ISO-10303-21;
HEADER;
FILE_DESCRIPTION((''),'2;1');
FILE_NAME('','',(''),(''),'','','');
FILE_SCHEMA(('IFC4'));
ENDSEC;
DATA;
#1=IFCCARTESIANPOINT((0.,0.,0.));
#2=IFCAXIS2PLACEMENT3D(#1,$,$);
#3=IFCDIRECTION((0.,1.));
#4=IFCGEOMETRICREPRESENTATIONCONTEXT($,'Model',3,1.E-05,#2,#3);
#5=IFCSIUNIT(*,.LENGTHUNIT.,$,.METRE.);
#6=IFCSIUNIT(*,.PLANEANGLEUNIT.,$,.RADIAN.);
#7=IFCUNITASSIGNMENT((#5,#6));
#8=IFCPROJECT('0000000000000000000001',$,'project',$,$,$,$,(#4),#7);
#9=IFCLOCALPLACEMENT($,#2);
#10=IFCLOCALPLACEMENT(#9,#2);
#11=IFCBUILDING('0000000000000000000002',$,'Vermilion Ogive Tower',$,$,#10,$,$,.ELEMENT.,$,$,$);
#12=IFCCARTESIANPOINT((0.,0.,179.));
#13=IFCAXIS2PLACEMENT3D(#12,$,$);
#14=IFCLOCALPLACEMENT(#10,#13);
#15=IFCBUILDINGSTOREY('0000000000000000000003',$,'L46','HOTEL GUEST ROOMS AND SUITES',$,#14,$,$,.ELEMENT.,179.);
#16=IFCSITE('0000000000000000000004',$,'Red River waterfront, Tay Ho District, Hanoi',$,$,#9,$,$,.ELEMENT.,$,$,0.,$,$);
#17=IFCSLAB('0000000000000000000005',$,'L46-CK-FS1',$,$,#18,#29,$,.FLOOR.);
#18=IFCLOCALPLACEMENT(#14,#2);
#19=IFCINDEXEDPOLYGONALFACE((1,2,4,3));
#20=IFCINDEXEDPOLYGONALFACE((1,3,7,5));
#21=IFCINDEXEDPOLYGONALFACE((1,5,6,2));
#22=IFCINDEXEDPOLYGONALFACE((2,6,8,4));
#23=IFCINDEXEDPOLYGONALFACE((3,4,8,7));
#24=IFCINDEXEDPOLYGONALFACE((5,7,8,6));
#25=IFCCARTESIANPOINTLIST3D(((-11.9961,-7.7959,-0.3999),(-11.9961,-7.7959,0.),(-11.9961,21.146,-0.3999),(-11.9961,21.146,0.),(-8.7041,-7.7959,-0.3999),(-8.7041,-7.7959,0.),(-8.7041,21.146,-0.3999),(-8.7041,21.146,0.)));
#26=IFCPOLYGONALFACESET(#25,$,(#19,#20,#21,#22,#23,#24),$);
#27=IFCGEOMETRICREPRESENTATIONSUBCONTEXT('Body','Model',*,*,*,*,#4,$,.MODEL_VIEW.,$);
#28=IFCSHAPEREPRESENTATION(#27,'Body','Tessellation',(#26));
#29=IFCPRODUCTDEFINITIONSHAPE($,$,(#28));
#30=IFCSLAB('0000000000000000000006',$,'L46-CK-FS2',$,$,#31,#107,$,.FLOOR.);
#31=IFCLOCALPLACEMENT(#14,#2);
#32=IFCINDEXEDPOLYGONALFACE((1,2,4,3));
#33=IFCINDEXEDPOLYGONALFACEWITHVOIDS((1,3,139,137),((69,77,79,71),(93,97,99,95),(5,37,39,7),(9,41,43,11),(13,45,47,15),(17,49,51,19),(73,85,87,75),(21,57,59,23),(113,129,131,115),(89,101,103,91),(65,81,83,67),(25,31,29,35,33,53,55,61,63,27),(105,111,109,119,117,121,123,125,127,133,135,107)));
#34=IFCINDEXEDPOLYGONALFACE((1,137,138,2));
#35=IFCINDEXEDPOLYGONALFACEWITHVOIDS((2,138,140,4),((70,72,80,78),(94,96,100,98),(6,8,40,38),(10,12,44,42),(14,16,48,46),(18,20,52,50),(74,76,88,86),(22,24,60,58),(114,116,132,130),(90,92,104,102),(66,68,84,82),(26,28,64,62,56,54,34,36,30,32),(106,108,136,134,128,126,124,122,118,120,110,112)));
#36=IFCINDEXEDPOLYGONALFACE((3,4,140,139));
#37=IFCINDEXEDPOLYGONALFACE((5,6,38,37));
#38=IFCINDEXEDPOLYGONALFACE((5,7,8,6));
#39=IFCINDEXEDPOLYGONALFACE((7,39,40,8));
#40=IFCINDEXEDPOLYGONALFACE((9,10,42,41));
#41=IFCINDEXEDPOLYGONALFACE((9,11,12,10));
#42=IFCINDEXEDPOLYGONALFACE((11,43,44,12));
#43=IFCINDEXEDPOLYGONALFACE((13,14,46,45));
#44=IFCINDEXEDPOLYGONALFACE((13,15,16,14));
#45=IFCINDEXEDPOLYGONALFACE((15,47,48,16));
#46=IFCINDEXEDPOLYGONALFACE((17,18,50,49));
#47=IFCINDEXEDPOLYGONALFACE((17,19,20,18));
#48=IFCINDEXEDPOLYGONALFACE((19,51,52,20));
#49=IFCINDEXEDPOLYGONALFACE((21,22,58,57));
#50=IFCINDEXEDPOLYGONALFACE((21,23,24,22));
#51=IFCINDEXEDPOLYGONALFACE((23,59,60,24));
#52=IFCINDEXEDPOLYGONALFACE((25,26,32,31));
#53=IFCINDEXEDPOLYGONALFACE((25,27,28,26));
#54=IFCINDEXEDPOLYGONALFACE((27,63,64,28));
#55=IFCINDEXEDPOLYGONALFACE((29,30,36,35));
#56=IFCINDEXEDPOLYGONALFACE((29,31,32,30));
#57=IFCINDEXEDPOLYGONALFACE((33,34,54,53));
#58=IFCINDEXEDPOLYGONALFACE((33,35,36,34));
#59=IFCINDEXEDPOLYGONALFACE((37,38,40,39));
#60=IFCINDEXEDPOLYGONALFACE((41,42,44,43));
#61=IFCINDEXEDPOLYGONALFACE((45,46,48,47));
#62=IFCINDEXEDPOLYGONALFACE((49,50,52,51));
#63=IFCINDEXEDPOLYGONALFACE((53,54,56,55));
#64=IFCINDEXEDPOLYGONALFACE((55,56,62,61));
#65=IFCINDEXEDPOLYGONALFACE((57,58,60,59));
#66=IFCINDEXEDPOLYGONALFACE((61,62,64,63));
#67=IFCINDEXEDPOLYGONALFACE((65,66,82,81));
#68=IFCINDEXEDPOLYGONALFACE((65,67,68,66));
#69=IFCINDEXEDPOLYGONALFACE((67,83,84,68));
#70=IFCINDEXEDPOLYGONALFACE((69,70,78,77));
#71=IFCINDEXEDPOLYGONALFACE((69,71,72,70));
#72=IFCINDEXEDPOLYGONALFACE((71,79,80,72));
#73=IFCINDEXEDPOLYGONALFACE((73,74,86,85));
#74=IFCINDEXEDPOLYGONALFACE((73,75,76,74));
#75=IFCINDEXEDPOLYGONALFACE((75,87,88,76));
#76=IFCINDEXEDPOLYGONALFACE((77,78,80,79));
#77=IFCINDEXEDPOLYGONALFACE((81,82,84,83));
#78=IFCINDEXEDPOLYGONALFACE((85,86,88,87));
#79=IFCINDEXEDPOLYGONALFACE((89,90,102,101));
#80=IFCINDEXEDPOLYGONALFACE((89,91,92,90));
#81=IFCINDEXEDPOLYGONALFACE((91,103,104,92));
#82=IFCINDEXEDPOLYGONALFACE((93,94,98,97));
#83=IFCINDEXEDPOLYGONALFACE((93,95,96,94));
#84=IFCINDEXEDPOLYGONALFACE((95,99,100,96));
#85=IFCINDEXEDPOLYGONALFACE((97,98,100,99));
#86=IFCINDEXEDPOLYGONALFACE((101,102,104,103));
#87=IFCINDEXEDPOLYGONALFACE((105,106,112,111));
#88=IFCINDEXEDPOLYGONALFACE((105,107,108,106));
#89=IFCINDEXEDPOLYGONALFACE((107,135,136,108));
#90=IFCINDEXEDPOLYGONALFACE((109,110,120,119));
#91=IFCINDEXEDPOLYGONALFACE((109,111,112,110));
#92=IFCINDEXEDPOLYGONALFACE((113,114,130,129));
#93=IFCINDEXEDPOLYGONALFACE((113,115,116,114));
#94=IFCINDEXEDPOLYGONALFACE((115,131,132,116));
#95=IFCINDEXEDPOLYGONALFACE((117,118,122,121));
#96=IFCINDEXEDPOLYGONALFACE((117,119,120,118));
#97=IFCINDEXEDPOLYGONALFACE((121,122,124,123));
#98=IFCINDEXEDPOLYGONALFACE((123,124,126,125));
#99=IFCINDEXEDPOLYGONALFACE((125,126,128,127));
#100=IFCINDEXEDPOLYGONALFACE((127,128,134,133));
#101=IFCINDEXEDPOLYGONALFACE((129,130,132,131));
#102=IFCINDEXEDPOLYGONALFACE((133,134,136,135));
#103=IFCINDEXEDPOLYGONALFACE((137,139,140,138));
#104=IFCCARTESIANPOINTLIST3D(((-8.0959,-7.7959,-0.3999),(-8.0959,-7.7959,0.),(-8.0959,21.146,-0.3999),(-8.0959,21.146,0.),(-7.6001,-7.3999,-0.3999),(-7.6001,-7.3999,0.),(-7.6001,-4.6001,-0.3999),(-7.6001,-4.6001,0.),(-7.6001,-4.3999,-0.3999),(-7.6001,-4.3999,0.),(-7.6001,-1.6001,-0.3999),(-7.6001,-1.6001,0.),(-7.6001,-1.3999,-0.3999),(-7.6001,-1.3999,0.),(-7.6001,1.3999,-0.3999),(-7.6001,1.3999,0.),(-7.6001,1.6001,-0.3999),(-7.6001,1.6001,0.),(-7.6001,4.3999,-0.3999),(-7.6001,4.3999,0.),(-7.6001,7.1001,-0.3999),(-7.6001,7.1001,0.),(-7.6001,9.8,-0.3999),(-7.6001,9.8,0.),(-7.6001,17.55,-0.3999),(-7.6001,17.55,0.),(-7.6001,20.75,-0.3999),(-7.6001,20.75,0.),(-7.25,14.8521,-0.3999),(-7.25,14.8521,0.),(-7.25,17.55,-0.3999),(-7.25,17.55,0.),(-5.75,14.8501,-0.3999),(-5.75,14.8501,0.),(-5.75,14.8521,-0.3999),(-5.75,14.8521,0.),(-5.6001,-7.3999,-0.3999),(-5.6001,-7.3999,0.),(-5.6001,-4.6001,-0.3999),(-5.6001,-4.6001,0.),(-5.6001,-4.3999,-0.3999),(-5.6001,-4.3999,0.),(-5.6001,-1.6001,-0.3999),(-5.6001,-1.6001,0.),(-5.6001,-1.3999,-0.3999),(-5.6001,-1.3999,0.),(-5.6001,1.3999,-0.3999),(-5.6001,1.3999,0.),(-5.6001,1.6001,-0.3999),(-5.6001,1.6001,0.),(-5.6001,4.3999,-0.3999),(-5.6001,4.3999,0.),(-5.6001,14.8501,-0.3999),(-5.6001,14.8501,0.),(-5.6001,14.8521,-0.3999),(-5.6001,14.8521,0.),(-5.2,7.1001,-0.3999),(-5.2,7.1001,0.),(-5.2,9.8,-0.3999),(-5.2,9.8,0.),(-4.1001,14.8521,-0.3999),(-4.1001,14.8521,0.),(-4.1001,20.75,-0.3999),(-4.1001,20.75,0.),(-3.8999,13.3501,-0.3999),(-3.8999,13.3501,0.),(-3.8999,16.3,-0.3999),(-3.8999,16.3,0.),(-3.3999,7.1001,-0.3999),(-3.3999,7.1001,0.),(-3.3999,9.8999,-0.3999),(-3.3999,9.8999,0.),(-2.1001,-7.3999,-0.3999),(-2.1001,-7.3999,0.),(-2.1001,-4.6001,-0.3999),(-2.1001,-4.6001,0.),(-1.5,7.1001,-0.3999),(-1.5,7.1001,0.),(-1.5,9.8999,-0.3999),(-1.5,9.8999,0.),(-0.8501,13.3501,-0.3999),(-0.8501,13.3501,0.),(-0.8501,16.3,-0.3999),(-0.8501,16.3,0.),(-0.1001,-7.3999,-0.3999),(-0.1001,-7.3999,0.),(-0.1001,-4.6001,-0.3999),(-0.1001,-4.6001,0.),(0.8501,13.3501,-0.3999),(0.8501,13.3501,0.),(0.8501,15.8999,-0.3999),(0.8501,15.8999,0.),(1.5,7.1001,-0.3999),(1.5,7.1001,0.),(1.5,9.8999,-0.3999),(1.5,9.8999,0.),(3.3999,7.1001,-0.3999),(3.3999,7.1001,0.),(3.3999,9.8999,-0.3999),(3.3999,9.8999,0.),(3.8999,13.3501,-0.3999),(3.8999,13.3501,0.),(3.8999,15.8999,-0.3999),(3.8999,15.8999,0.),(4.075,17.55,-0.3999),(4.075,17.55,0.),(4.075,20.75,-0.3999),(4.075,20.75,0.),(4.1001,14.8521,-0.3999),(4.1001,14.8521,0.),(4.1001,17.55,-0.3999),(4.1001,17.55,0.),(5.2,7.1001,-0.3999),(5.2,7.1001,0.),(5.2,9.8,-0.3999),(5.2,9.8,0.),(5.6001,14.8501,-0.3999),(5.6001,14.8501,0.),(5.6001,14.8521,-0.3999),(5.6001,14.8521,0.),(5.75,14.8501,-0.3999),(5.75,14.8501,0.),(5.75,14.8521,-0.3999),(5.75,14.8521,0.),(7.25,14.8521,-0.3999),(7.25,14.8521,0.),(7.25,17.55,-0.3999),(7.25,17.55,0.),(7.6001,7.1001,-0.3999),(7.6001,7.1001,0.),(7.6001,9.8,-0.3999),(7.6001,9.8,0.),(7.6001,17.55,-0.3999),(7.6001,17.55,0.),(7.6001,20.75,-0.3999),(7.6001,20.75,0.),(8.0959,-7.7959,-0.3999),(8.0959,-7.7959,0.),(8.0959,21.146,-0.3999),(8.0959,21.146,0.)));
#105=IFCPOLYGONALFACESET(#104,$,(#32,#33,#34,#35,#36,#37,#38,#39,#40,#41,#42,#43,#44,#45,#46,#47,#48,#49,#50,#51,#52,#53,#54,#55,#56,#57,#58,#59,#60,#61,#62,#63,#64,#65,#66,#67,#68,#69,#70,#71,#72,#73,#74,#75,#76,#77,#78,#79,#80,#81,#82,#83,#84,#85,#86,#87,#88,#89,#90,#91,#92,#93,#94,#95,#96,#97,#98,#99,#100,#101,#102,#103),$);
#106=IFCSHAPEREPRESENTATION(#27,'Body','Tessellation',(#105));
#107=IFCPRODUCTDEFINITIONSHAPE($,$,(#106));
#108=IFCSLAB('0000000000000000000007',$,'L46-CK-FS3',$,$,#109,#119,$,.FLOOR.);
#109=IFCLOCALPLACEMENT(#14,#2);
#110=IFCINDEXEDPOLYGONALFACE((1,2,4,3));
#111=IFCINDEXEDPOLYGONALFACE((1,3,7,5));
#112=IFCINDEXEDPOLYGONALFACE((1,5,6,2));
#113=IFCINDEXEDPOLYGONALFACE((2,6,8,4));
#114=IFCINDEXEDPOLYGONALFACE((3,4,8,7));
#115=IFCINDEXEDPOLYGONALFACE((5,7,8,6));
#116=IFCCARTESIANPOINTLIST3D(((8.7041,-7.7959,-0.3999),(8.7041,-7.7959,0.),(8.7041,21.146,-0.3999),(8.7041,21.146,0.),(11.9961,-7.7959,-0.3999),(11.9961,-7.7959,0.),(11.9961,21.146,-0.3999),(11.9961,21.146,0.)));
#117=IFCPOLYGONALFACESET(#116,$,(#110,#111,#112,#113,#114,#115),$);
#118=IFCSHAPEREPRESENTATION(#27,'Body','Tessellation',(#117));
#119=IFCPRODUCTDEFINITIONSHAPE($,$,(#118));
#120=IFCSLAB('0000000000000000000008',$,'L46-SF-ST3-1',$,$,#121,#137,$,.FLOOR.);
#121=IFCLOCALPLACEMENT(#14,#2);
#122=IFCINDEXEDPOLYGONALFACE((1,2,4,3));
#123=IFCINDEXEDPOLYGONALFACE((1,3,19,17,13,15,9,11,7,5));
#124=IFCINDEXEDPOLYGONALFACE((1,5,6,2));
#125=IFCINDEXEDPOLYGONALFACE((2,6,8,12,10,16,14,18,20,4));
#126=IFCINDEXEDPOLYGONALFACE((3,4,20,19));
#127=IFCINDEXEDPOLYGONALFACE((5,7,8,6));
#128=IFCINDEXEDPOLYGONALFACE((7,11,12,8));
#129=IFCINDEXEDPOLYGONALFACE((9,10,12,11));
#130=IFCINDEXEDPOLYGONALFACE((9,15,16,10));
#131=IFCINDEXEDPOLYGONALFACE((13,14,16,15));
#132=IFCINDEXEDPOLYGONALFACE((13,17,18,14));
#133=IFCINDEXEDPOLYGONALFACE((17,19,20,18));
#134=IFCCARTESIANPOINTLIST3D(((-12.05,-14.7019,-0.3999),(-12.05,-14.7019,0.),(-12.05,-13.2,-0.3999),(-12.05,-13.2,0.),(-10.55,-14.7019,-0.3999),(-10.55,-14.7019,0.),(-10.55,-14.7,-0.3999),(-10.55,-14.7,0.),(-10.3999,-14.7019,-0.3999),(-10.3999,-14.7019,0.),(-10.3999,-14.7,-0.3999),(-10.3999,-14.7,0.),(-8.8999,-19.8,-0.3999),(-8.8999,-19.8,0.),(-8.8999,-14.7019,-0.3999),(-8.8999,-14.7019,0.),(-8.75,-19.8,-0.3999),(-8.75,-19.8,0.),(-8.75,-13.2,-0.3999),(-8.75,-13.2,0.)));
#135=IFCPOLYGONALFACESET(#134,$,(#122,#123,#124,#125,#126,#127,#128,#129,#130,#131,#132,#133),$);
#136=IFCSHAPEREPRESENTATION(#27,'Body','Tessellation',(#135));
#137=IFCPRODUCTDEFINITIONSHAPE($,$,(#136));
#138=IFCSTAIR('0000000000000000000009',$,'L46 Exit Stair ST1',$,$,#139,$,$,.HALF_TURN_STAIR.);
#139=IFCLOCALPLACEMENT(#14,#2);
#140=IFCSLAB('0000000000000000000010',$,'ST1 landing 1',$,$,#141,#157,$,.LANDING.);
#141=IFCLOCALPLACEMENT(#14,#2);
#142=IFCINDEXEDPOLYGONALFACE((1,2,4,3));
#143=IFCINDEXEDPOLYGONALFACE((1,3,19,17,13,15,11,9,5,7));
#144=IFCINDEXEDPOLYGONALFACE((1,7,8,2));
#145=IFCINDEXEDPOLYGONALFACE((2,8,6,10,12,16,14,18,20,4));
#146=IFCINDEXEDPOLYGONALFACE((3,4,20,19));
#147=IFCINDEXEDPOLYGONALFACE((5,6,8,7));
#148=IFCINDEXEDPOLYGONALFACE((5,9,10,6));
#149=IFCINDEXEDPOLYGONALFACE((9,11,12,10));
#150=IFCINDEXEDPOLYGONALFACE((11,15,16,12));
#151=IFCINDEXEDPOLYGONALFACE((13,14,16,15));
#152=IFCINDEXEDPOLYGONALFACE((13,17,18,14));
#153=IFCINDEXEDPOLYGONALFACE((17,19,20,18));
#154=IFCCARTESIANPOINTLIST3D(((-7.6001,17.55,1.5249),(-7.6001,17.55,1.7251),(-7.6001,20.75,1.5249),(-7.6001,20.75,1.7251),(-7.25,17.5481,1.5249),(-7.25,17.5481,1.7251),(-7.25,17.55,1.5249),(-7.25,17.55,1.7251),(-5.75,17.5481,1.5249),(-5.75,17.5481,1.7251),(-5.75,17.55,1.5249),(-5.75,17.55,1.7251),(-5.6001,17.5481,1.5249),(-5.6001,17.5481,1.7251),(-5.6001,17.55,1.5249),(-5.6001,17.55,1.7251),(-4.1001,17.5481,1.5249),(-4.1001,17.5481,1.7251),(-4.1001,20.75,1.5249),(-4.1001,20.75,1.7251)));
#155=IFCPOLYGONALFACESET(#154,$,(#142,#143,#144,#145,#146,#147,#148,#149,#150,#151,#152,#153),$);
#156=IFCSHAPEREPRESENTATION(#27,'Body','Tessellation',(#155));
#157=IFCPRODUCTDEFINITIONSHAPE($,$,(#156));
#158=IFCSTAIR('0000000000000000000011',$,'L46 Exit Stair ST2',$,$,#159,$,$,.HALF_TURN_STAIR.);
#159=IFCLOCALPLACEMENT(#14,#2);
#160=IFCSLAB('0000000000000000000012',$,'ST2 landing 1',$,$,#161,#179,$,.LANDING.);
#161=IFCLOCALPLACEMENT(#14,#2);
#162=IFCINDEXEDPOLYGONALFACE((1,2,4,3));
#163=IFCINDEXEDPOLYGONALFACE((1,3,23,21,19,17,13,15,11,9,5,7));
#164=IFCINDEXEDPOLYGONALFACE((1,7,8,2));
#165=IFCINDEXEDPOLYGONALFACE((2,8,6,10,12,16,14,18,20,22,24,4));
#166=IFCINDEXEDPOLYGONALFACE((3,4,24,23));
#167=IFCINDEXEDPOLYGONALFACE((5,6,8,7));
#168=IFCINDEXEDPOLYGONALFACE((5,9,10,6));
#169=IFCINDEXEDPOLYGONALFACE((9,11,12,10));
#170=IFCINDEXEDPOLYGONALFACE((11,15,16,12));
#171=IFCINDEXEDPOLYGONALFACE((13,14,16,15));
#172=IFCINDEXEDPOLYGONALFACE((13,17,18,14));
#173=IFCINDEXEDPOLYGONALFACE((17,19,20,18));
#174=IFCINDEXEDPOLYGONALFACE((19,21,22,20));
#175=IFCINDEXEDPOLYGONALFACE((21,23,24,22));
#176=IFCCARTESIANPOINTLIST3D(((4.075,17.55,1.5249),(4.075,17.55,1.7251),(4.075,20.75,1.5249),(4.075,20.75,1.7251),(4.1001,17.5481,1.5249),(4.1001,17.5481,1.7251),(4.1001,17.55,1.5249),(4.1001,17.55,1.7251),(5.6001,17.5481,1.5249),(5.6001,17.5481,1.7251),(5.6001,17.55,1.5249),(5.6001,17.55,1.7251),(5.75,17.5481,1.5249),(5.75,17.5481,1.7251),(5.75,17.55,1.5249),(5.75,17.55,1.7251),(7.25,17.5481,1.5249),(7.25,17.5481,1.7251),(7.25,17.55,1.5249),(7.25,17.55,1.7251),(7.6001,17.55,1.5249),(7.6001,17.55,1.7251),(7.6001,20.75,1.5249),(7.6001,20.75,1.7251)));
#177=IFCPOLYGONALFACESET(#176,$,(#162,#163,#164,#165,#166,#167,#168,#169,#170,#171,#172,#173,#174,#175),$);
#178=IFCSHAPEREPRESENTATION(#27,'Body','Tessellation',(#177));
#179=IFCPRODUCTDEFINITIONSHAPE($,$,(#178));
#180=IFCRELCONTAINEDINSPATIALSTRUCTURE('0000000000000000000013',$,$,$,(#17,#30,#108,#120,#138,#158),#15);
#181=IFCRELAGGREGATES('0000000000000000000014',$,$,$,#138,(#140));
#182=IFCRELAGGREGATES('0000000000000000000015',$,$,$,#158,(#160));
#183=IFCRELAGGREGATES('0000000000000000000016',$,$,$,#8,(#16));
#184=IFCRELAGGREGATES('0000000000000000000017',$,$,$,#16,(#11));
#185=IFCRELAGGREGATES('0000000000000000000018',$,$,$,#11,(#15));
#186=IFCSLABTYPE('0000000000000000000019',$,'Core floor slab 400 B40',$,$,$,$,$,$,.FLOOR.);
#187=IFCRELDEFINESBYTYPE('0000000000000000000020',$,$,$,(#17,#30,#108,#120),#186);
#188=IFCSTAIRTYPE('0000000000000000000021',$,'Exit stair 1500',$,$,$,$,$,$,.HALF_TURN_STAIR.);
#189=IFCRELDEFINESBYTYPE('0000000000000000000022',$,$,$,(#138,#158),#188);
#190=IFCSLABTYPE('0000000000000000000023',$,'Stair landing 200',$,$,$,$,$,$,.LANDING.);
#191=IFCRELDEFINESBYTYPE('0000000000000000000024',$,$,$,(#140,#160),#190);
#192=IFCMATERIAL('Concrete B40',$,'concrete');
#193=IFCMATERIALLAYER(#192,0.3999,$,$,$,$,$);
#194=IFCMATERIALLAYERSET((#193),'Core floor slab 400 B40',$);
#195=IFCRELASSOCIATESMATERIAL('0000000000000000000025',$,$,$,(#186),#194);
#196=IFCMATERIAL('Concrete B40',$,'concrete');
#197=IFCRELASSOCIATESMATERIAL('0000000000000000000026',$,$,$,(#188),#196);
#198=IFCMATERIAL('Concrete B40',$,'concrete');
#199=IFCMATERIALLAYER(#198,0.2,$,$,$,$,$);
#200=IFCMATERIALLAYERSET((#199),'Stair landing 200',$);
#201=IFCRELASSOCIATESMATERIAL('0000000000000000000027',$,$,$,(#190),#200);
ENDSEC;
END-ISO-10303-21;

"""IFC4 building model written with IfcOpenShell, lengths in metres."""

from ifc_helpers import new_model, si_unit, direction, frame, origin, place, context, subcontext, project, spatial, polyline, outline, extrude, material, layer, layer_set, type_object, element, aggregate, save


model = new_model("IFC4")

# Units and contexts
model_context = context("Model", 3, precision=1e-05, world=origin(), true_north=direction((0.0, 1.0)))
body_context = subcontext(model_context, "Body", "Model", "MODEL_VIEW")
ifc_project = project(units=[si_unit("LENGTHUNIT", "METRE"), si_unit("PLANEANGLEUNIT", "RADIAN")], contexts=[model_context])

# Site, building, storey
site_placement = place(None, origin())
site = spatial("IfcSite", under=ifc_project, at=site_placement, Name="Red River waterfront, Tay Ho District, Hanoi", CompositionType="ELEMENT", RefElevation=0.0)
building_placement = place(site_placement, origin())
building = spatial("IfcBuilding", under=site, at=building_placement, Name="Vermilion Ogive Tower", CompositionType="ELEMENT")
storey_placement = place(building_placement, frame((0.0, 0.0, 179.0)))
storey = spatial("IfcBuildingStorey", under=building, at=storey_placement, Name="L46", Description="HOTEL GUEST ROOMS AND SUITES", CompositionType="ELEMENT", Elevation=179.0)

# Slabs
ifc_material_1 = material(Name="Concrete B40", Category="concrete")
ifc_layer_1 = layer(ifc_material_1, 0.3999)
ifc_layer_set_1 = layer_set([ifc_layer_1], Name="Core floor slab 400 B40")
slab_type_1 = type_object("IfcSlabType", Name="Core floor slab 400 B40", PredefinedType="FLOOR", material=ifc_layer_set_1)
slab_1_placement = place(storey_placement, frame((0.0, 0.0, -0.3999)))
element("IfcSlab", 1, at=slab_1_placement, inside=storey, type_object=slab_type_1, Name="L46-CK-FS1", PredefinedType="FLOOR", context=body_context, shape_type="SweptSolid", body=[
    extrude(outline(polyline([(-11.9961, 21.146), (-8.7041, 21.146), (-8.7041, -7.7959), (-11.9961, -7.7959), (-11.9961, 21.146)])), origin(), (0.0, 0.0, 1.0), 0.3999),
])
slab_2_placement = place(storey_placement, frame((0.0, 0.0, -0.3999)))
element("IfcSlab", 2, at=slab_2_placement, inside=storey, type_object=slab_type_1, Name="L46-CK-FS2", PredefinedType="FLOOR", context=body_context, shape_type="SweptSolid", body=[
    extrude(outline(polyline([(-8.0959, -7.7959), (8.0959, -7.7959), (8.0959, 21.146), (-8.0959, 21.146), (-8.0959, -7.7959)]), holes=[polyline([(-7.6001, -7.3999), (-7.6001, -4.6001), (-5.6001, -4.6001), (-5.6001, -7.3999), (-7.6001, -7.3999)]), polyline([(-7.6001, -4.3999), (-7.6001, -1.6001), (-5.6001, -1.6001), (-5.6001, -4.3999), (-7.6001, -4.3999)]), polyline([(-7.6001, -1.3999), (-7.6001, 1.3999), (-5.6001, 1.3999), (-5.6001, -1.3999), (-7.6001, -1.3999)]), polyline([(-7.6001, 1.6001), (-7.6001, 4.3999), (-5.6001, 4.3999), (-5.6001, 1.6001), (-7.6001, 1.6001)]), polyline([(-7.6001, 7.1001), (-7.6001, 9.8), (-5.2, 9.8), (-5.2, 7.1001), (-7.6001, 7.1001)]), polyline([(-3.3999, 9.8999), (-1.5, 9.8999), (-1.5, 7.1001), (-3.3999, 7.1001), (-3.3999, 9.8999)]), polyline([(-7.6001, 17.55), (-7.6001, 20.75), (-4.1001, 20.75), (-4.1001, 14.8521), (-5.6001, 14.8521), (-5.6001, 14.8501), (-5.75, 14.8501), (-5.75, 14.8521), (-7.25, 14.8521), (-7.25, 17.55), (-7.6001, 17.55)]), polyline([(-2.1001, -7.3999), (-2.1001, -4.6001), (-0.1001, -4.6001), (-0.1001, -7.3999), (-2.1001, -7.3999)]), polyline([(5.2, 7.1001), (5.2, 9.8), (7.6001, 9.8), (7.6001, 7.1001), (5.2, 7.1001)]), polyline([(1.5, 7.1001), (1.5, 9.8999), (3.3999, 9.8999), (3.3999, 7.1001), (1.5, 7.1001)]), polyline([(0.8501, 13.3501), (0.8501, 15.8999), (3.8999, 15.8999), (3.8999, 13.3501), (0.8501, 13.3501)]), polyline([(-3.8999, 16.3), (-0.8501, 16.3), (-0.8501, 13.3501), (-3.8999, 13.3501), (-3.8999, 16.3)]), polyline([(5.75, 14.8501), (5.6001, 14.8501), (5.6001, 14.8521), (4.1001, 14.8521), (4.1001, 17.55), (4.075, 17.55), (4.075, 20.75), (7.6001, 20.75), (7.6001, 17.55), (7.25, 17.55), (7.25, 14.8521), (5.75, 14.8521), (5.75, 14.8501)])]), origin(), (0.0, 0.0, 1.0), 0.3999),
])
slab_3_placement = place(storey_placement, frame((0.0, 0.0, -0.3999)))
element("IfcSlab", 3, at=slab_3_placement, inside=storey, type_object=slab_type_1, Name="L46-CK-FS3", PredefinedType="FLOOR", context=body_context, shape_type="SweptSolid", body=[
    extrude(outline(polyline([(11.9961, 21.146), (11.9961, -7.7959), (8.7041, -7.7959), (8.7041, 21.146), (11.9961, 21.146)])), origin(), (0.0, 0.0, 1.0), 0.3999),
])
slab_4_placement = place(storey_placement, frame((0.0, 0.0, -0.3999)))
element("IfcSlab", 4, at=slab_4_placement, inside=storey, type_object=slab_type_1, Name="L46-SF-ST3-1", PredefinedType="FLOOR", context=body_context, shape_type="SweptSolid", body=[
    extrude(outline(polyline([(-12.05, -13.2), (-12.05, -14.7019), (-10.55, -14.7019), (-10.55, -14.7), (-10.3999, -14.7), (-10.3999, -14.7019), (-8.8999, -14.7019), (-8.8999, -19.8), (-8.75, -19.8), (-8.75, -13.2), (-12.05, -13.2)])), origin(), (0.0, 0.0, 1.0), 0.3999),
])

# Stairs, slabs
ifc_material_2 = material(Name="Concrete B40", Category="concrete")
stair_type = type_object("IfcStairType", Name="Exit stair 1500", PredefinedType="HALF_TURN_STAIR", material=ifc_material_2)
stair_1_placement = place(storey_placement, origin())
stair_1 = element("IfcStair", 5, at=stair_1_placement, inside=storey, type_object=stair_type, Name="L46 Exit Stair ST1", PredefinedType="HALF_TURN_STAIR")
ifc_material_3 = material(Name="Concrete B40", Category="concrete")
ifc_layer_2 = layer(ifc_material_3, 0.2)
ifc_layer_set_2 = layer_set([ifc_layer_2], Name="Stair landing 200")
slab_type_2 = type_object("IfcSlabType", Name="Stair landing 200", PredefinedType="LANDING", material=ifc_layer_set_2)
slab_5_placement = place(storey_placement, frame((0.0, 0.0, 1.5249)))
slab_5 = element("IfcSlab", 6, at=slab_5_placement, type_object=slab_type_2, Name="ST1 landing 1", PredefinedType="LANDING", context=body_context, shape_type="SweptSolid", body=[
    extrude(outline(polyline([(-7.6001, 17.55), (-7.25, 17.55), (-7.25, 17.5481), (-5.75, 17.5481), (-5.75, 17.55), (-5.6001, 17.55), (-5.6001, 17.5481), (-4.1001, 17.5481), (-4.1001, 20.75), (-7.6001, 20.75), (-7.6001, 17.55)])), origin(), (0.0, 0.0, 1.0), 0.2002),
])
aggregate(stair_1, [slab_5])
stair_2_placement = place(storey_placement, origin())
stair_2 = element("IfcStair", 7, at=stair_2_placement, inside=storey, type_object=stair_type, Name="L46 Exit Stair ST2", PredefinedType="HALF_TURN_STAIR")
slab_6_placement = place(storey_placement, frame((0.0, 0.0, 1.5249)))
slab_6 = element("IfcSlab", 8, at=slab_6_placement, type_object=slab_type_2, Name="ST2 landing 1", PredefinedType="LANDING", context=body_context, shape_type="SweptSolid", body=[
    extrude(outline(polyline([(5.6001, 17.55), (5.75, 17.55), (5.75, 17.5481), (7.25, 17.5481), (7.25, 17.55), (7.6001, 17.55), (7.6001, 20.75), (4.075, 20.75), (4.075, 17.55), (4.1001, 17.55), (4.1001, 17.5481), (5.6001, 17.5481), (5.6001, 17.55)])), origin(), (0.0, 0.0, 1.0), 0.2002),
])
aggregate(stair_2, [slab_6])

save(model, "model.ifc")
